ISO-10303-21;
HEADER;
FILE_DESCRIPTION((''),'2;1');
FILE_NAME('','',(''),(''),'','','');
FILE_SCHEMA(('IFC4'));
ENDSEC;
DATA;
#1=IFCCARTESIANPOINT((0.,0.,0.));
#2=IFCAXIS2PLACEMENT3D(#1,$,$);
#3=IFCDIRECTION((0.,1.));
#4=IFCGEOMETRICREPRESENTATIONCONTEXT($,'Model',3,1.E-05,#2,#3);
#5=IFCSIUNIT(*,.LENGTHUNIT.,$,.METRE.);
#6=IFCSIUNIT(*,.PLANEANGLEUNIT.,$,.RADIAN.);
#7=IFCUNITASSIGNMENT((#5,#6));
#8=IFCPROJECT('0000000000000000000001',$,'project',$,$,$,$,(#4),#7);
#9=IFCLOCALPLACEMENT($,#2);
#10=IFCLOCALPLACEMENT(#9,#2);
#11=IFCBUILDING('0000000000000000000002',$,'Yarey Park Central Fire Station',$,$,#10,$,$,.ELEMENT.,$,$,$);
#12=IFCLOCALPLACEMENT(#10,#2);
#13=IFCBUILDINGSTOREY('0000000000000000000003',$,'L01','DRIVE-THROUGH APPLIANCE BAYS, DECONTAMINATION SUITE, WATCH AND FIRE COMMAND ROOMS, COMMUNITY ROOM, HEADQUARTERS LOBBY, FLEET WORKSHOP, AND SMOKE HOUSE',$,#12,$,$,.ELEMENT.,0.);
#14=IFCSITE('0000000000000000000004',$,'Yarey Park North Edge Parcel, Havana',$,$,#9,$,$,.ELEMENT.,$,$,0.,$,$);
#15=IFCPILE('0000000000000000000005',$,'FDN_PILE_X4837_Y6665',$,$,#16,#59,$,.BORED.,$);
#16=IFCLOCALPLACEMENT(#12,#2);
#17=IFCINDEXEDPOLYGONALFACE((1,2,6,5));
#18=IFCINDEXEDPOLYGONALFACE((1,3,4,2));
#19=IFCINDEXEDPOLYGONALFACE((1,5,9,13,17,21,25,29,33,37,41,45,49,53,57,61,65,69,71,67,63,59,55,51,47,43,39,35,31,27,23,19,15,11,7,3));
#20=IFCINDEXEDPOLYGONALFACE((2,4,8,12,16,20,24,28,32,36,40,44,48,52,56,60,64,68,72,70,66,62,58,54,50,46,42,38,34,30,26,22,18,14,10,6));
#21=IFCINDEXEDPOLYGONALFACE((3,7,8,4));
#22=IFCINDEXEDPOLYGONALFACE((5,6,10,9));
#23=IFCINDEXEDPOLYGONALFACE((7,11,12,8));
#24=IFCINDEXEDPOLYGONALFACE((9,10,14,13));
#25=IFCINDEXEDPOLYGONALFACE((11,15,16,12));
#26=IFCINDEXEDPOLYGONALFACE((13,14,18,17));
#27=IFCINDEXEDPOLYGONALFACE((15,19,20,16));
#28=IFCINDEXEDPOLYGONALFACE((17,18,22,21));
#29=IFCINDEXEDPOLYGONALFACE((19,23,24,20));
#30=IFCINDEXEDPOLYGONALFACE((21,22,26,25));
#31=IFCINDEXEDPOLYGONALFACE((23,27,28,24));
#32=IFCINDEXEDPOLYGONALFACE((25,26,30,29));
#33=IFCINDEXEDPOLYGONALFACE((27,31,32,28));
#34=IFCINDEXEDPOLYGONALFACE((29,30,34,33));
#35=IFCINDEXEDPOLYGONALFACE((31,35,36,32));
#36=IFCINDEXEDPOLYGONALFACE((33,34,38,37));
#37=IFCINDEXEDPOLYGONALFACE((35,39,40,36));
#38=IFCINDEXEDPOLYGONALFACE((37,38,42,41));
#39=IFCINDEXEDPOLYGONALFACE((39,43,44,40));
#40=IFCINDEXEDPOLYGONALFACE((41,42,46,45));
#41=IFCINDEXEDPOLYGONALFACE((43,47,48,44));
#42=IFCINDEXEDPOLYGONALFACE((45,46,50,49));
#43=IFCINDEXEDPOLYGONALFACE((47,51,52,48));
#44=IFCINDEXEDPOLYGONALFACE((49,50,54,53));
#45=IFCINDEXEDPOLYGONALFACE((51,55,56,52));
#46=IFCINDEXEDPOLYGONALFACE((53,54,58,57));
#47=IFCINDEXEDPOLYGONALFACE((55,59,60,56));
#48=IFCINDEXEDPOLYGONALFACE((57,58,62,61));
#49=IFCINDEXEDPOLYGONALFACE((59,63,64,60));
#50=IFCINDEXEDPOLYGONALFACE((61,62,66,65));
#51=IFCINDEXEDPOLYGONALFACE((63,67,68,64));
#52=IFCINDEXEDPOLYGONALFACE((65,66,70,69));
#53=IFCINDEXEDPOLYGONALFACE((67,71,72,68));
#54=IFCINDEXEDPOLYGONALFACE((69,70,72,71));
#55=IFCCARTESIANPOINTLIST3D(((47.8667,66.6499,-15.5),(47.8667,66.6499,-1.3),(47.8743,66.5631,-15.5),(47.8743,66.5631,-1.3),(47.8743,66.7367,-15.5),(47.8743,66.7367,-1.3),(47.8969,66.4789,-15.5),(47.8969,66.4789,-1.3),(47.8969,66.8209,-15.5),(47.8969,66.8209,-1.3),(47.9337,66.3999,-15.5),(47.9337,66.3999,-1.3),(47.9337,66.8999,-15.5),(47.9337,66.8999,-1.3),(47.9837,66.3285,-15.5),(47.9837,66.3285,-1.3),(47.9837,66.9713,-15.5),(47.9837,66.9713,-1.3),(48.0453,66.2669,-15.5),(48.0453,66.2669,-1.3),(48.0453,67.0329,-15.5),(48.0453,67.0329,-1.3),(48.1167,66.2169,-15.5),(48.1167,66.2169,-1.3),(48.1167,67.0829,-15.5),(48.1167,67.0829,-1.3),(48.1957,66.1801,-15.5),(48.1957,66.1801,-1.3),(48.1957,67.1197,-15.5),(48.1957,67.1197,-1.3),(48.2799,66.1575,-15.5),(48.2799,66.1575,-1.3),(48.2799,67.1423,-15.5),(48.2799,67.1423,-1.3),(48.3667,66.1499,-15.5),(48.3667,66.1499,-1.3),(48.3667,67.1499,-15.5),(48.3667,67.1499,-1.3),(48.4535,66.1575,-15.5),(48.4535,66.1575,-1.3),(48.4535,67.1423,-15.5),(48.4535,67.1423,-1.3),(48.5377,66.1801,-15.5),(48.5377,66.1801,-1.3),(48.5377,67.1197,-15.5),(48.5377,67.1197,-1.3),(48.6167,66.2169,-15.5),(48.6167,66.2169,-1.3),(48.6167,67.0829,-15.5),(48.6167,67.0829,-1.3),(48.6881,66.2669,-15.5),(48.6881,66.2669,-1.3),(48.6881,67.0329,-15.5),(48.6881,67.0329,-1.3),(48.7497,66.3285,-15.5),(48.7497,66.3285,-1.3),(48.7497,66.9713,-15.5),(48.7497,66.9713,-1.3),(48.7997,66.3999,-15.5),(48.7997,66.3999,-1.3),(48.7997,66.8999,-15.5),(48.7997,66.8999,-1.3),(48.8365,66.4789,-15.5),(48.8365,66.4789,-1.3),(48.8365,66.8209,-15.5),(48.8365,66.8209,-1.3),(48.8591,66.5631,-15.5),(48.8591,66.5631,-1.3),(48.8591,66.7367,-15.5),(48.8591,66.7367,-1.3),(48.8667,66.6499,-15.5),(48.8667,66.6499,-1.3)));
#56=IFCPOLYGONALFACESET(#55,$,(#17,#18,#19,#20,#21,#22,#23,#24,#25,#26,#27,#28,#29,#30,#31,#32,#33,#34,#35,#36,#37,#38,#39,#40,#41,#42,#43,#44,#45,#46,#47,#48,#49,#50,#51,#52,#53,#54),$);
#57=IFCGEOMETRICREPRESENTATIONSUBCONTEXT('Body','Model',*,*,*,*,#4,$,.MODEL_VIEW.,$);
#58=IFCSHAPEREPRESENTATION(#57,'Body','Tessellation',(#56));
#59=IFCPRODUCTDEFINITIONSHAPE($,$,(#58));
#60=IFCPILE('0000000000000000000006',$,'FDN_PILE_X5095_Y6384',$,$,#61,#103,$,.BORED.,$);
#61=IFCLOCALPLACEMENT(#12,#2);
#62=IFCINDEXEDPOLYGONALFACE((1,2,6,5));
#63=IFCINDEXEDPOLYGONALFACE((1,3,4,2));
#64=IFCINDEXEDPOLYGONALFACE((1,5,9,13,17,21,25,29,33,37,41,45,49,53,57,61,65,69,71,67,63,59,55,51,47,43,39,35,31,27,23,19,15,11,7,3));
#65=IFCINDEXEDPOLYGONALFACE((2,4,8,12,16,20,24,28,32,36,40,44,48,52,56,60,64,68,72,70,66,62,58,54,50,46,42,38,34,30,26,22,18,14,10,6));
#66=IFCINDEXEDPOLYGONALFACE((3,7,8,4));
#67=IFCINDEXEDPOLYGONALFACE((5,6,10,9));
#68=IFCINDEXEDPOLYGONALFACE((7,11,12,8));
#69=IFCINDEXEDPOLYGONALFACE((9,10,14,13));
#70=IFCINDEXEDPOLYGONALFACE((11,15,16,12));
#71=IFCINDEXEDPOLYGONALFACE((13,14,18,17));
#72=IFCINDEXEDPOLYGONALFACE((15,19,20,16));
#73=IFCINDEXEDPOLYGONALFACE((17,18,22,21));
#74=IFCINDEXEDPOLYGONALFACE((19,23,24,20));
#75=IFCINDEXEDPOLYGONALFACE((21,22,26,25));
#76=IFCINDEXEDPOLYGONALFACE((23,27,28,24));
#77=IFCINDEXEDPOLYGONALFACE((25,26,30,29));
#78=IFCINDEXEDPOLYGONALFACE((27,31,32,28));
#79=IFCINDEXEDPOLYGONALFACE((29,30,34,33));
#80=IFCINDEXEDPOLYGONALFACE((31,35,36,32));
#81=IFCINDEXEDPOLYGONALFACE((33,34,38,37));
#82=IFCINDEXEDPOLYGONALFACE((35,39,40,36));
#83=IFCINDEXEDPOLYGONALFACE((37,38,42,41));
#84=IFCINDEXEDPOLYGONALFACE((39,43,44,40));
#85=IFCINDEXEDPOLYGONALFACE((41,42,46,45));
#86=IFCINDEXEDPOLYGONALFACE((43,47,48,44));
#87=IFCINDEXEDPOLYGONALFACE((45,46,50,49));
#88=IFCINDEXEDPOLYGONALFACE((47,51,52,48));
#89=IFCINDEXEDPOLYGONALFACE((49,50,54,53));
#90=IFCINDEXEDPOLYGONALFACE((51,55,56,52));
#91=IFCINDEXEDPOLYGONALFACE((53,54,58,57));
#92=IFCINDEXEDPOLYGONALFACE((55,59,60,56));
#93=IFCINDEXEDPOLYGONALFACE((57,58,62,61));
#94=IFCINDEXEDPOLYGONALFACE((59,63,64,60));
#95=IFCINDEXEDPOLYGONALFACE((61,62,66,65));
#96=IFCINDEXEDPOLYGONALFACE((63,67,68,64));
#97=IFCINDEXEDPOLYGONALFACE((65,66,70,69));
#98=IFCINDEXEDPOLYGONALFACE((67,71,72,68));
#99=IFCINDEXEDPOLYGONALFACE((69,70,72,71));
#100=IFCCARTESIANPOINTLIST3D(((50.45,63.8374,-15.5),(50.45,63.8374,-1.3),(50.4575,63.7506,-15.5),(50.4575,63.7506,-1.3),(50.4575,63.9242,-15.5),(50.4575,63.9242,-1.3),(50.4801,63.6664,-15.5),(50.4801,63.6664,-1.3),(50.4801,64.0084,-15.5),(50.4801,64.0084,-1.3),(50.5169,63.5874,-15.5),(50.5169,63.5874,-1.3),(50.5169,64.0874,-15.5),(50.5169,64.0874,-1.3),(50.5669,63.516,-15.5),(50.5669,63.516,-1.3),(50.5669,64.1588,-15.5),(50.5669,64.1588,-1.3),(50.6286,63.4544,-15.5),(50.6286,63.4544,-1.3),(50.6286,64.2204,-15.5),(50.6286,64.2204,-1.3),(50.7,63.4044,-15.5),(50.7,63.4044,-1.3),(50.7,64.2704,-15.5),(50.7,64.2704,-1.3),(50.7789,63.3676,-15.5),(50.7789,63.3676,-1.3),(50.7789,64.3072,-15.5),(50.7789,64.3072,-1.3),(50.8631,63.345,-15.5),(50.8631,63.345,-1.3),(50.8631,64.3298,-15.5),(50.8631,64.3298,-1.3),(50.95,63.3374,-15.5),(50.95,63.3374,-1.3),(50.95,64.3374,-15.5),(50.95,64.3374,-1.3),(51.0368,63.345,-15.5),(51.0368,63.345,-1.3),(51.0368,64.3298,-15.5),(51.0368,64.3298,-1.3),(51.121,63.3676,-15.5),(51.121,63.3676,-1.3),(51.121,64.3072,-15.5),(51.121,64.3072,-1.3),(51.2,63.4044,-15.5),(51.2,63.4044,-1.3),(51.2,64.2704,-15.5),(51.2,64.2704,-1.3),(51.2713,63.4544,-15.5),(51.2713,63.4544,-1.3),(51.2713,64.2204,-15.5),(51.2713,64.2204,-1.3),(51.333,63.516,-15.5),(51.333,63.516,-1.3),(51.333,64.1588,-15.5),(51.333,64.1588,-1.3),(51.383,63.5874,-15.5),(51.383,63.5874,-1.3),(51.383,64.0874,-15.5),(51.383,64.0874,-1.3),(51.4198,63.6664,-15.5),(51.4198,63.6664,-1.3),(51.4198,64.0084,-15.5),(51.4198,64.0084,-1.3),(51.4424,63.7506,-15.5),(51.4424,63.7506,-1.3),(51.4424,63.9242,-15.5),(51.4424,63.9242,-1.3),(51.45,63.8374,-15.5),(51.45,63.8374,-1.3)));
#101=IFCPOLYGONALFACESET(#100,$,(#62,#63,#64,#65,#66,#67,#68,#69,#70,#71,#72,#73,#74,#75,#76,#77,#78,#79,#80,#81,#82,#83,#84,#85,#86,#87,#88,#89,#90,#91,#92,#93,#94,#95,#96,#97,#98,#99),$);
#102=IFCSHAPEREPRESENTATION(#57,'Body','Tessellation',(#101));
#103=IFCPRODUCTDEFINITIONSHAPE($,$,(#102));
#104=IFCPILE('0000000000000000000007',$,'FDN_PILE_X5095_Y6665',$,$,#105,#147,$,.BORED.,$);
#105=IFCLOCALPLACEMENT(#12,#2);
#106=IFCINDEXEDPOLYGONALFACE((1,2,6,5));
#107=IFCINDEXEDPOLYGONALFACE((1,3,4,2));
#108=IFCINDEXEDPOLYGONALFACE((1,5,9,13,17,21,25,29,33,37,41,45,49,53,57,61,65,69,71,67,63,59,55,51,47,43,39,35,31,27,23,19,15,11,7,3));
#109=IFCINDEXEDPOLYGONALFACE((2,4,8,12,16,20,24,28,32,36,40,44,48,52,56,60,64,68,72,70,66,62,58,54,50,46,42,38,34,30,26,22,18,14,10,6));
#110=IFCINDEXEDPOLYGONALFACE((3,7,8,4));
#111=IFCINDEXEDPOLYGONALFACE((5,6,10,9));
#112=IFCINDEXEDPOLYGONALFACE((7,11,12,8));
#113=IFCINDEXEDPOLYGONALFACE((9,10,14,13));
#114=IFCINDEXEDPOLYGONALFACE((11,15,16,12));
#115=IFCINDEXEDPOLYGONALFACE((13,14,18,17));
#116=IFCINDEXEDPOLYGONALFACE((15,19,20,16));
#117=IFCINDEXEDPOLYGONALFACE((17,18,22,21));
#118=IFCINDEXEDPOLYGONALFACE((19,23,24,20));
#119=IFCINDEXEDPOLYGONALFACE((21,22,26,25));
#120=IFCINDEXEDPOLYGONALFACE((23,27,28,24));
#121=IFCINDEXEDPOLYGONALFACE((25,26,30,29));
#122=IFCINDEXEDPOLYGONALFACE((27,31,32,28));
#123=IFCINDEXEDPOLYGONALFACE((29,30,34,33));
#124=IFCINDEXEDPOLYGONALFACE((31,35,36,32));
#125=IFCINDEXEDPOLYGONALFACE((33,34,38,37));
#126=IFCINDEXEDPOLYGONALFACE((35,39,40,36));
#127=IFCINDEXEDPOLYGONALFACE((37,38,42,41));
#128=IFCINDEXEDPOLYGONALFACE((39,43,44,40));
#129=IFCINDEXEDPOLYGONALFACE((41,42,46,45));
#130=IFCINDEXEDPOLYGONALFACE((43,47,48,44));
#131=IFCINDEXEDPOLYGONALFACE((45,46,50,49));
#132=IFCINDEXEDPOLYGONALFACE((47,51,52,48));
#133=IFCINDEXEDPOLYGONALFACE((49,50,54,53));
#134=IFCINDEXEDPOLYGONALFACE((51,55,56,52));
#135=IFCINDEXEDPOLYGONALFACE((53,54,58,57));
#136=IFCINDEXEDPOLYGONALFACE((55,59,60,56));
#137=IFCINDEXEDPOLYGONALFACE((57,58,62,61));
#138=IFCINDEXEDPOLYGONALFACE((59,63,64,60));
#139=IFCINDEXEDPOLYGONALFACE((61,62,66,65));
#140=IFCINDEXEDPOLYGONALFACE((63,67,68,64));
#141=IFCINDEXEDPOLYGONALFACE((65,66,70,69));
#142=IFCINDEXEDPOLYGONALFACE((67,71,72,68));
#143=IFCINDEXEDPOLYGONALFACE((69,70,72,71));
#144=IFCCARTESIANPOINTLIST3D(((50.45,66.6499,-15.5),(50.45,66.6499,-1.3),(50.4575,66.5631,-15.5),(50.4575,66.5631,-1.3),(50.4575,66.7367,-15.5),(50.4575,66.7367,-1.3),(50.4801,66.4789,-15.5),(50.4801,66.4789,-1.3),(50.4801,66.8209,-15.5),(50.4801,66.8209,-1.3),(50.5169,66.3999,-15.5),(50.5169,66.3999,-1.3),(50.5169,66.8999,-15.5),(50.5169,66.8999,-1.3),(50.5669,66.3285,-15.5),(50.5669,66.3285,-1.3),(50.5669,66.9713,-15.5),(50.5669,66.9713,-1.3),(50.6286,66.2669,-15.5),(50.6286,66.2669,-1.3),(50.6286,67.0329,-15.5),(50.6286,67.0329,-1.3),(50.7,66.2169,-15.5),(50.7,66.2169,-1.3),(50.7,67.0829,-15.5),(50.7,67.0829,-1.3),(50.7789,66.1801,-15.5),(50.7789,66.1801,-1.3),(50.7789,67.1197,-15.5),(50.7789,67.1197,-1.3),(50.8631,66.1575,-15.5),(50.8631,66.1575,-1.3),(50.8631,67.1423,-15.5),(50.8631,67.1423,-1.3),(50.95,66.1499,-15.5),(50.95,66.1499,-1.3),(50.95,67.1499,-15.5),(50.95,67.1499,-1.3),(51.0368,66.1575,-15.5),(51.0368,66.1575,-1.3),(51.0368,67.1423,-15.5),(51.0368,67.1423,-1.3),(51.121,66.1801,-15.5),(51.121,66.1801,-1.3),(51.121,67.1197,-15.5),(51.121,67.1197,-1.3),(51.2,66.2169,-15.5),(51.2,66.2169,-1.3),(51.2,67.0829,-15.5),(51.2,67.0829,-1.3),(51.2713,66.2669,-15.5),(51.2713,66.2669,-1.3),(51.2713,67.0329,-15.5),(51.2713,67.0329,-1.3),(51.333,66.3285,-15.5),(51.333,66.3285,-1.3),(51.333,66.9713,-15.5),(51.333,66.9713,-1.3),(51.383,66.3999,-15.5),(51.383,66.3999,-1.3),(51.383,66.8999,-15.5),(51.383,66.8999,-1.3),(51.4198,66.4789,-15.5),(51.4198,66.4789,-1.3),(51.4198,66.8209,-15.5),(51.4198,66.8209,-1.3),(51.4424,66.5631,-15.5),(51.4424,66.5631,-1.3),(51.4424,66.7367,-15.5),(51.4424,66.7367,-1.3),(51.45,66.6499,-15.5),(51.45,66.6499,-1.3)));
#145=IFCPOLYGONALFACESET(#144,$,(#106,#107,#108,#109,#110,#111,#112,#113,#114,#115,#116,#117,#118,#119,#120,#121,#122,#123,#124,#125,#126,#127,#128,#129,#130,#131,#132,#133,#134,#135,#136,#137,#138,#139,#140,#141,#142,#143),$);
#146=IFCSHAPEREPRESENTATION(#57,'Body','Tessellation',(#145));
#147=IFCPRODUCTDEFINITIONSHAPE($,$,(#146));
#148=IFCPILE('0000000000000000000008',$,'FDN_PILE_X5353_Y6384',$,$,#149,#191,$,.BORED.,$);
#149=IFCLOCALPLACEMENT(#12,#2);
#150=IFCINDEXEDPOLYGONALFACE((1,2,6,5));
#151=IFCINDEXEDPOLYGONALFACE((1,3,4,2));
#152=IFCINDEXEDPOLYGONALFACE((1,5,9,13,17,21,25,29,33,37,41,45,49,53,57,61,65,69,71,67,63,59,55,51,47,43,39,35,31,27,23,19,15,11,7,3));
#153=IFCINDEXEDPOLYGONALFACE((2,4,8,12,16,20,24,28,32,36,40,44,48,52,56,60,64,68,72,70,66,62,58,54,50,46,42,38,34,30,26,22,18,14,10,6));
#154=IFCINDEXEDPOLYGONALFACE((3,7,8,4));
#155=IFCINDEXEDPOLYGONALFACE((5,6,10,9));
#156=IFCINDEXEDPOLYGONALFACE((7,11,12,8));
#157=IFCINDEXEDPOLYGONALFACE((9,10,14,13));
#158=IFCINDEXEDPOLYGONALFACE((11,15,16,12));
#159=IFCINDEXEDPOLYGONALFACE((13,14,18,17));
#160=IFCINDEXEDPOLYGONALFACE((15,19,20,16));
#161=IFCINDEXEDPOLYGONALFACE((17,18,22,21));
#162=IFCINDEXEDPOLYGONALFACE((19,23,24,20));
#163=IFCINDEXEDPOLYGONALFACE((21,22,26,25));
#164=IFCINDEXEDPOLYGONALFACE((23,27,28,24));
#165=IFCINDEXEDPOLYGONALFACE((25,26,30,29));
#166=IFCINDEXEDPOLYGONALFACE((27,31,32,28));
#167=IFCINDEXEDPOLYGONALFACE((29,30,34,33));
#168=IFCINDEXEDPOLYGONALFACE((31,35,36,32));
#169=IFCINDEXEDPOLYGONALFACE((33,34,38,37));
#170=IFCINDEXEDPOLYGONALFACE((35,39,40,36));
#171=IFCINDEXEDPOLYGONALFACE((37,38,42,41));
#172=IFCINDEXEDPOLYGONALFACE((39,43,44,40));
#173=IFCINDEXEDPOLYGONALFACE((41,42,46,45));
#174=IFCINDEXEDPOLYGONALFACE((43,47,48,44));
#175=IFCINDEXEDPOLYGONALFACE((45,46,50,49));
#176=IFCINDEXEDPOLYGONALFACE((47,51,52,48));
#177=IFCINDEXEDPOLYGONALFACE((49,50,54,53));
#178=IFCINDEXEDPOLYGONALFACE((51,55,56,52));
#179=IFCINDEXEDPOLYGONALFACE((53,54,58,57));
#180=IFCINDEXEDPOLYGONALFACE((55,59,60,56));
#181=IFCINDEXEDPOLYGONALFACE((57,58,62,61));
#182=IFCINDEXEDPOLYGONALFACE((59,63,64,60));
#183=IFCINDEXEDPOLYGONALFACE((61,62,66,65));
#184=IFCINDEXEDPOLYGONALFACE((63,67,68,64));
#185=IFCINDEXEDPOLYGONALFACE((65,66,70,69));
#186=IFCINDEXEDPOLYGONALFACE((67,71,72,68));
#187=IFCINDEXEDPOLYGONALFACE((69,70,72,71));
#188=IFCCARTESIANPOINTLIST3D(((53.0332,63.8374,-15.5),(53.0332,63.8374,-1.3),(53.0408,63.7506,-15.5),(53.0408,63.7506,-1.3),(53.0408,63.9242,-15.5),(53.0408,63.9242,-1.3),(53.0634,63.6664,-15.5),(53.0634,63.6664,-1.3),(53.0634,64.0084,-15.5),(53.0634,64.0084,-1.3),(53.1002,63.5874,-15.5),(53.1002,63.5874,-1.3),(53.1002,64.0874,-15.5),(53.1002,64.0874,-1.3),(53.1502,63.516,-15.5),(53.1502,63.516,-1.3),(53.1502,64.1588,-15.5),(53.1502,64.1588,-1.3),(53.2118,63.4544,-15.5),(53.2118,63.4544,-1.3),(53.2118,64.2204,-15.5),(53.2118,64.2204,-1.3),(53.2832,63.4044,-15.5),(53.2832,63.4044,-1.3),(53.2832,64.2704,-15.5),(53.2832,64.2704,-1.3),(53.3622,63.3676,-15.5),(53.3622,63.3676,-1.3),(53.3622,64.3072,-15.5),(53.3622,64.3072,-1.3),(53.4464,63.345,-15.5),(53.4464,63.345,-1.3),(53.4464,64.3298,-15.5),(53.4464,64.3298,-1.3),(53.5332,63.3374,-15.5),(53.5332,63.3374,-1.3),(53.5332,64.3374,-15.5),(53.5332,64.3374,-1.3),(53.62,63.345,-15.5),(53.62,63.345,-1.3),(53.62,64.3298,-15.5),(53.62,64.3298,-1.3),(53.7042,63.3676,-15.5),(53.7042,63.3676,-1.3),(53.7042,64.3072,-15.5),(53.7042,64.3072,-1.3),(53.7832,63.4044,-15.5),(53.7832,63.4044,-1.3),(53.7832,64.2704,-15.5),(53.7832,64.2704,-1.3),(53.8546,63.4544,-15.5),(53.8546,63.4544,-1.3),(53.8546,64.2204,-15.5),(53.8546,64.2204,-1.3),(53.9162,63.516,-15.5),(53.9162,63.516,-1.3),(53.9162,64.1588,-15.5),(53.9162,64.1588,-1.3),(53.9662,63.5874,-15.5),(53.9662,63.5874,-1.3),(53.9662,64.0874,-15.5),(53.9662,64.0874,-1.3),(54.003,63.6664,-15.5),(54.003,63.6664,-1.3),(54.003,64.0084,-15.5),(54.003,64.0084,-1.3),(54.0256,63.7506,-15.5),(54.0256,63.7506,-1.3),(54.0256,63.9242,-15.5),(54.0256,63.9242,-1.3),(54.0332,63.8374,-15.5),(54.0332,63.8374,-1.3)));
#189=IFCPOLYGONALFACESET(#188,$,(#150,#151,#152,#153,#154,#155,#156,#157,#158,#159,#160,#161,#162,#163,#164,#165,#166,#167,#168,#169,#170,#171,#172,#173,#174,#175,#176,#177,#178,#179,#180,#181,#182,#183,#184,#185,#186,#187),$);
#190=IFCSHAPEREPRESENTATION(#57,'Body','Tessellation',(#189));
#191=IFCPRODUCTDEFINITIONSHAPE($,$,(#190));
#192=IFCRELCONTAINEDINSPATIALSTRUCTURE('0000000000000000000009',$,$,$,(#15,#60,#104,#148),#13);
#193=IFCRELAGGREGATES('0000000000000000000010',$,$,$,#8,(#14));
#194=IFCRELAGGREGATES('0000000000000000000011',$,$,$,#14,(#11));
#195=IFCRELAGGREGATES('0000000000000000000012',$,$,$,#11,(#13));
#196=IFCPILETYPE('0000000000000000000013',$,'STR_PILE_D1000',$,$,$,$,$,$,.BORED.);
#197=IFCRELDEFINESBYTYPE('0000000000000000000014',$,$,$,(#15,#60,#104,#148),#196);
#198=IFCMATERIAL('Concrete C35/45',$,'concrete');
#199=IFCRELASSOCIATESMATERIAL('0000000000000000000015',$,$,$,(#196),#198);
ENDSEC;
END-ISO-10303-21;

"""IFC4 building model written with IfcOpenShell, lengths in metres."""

from ifc_helpers import new_model, si_unit, direction, frame, origin, origin_2d, place, context, subcontext, project, spatial, circle, extrude, material, material_profile, profile_set, type_object, element, save


model = new_model("IFC4")

# Units and contexts
model_context = context("Model", 3, precision=1e-05, world=origin(), true_north=direction((0.0, 1.0)))
body_context = subcontext(model_context, "Body", "Model", "MODEL_VIEW")
ifc_project = project(units=[si_unit("LENGTHUNIT", "METRE"), si_unit("PLANEANGLEUNIT", "RADIAN")], contexts=[model_context])

# Site, building, storey
site_placement = place(None, origin())
site = spatial("IfcSite", under=ifc_project, at=site_placement, Name="Yarey Park North Edge Parcel, Havana", CompositionType="ELEMENT", RefElevation=0.0)
building_placement = place(site_placement, origin())
building = spatial("IfcBuilding", under=site, at=building_placement, Name="Yarey Park Central Fire Station", CompositionType="ELEMENT")
storey_placement = place(building_placement, origin())
storey = spatial("IfcBuildingStorey", under=building, at=storey_placement, Name="L01", Description="DRIVE-THROUGH APPLIANCE BAYS, DECONTAMINATION SUITE, WATCH AND FIRE COMMAND ROOMS, COMMUNITY ROOM, HEADQUARTERS LOBBY, FLEET WORKSHOP, AND SMOKE HOUSE", CompositionType="ELEMENT", Elevation=0.0)

# Shared definitions
ifc_material_1 = material(Name="Concrete C35/45", Category="concrete")

# Piles
ifc_material_profile_1 = material_profile(ifc_material_1, circle(Radius=0.5, at=origin_2d()), Name="BORED PILE D1000")
ifc_profile_set_1 = profile_set([ifc_material_profile_1], Name="Concrete C35/45")
pile_type_1 = type_object("IfcPileType", Name="STR_PILE_D1000", PredefinedType="BORED", material=ifc_profile_set_1)
for number, where, z_axis, x_axis, name in (
    (1, (48.3667, 66.6499, -1.3), (0.0, 0.0, -1.0), (1.0, 0.0, 0.0), "FDN_PILE_X4837_Y6665"),
    (2, (50.95, 63.8374, -1.3), (0.0, 0.0, -1.0), (1.0, 0.0, 0.0), "FDN_PILE_X5095_Y6384"),
    (3, (50.95, 66.6499, -1.3), (0.0, 0.0, -1.0), (1.0, 0.0, 0.0), "FDN_PILE_X5095_Y6665"),
    (4, (53.5332, 63.8374, -1.3), (0.0, 0.0, -1.0), (1.0, 0.0, 0.0), "FDN_PILE_X5353_Y6384"),
):
    element("IfcPile", number, at=place(storey_placement, frame(where, z_axis=z_axis, x_axis=x_axis)), inside=storey, type_object=pile_type_1, Name=name, PredefinedType="BORED", context=body_context, shape_type="SweptSolid", body=[
        extrude(circle(Radius=0.5, at=origin_2d()), origin(), (0.0, 0.0, 1.0), 14.2),
    ])

save(model, "model.ifc")
